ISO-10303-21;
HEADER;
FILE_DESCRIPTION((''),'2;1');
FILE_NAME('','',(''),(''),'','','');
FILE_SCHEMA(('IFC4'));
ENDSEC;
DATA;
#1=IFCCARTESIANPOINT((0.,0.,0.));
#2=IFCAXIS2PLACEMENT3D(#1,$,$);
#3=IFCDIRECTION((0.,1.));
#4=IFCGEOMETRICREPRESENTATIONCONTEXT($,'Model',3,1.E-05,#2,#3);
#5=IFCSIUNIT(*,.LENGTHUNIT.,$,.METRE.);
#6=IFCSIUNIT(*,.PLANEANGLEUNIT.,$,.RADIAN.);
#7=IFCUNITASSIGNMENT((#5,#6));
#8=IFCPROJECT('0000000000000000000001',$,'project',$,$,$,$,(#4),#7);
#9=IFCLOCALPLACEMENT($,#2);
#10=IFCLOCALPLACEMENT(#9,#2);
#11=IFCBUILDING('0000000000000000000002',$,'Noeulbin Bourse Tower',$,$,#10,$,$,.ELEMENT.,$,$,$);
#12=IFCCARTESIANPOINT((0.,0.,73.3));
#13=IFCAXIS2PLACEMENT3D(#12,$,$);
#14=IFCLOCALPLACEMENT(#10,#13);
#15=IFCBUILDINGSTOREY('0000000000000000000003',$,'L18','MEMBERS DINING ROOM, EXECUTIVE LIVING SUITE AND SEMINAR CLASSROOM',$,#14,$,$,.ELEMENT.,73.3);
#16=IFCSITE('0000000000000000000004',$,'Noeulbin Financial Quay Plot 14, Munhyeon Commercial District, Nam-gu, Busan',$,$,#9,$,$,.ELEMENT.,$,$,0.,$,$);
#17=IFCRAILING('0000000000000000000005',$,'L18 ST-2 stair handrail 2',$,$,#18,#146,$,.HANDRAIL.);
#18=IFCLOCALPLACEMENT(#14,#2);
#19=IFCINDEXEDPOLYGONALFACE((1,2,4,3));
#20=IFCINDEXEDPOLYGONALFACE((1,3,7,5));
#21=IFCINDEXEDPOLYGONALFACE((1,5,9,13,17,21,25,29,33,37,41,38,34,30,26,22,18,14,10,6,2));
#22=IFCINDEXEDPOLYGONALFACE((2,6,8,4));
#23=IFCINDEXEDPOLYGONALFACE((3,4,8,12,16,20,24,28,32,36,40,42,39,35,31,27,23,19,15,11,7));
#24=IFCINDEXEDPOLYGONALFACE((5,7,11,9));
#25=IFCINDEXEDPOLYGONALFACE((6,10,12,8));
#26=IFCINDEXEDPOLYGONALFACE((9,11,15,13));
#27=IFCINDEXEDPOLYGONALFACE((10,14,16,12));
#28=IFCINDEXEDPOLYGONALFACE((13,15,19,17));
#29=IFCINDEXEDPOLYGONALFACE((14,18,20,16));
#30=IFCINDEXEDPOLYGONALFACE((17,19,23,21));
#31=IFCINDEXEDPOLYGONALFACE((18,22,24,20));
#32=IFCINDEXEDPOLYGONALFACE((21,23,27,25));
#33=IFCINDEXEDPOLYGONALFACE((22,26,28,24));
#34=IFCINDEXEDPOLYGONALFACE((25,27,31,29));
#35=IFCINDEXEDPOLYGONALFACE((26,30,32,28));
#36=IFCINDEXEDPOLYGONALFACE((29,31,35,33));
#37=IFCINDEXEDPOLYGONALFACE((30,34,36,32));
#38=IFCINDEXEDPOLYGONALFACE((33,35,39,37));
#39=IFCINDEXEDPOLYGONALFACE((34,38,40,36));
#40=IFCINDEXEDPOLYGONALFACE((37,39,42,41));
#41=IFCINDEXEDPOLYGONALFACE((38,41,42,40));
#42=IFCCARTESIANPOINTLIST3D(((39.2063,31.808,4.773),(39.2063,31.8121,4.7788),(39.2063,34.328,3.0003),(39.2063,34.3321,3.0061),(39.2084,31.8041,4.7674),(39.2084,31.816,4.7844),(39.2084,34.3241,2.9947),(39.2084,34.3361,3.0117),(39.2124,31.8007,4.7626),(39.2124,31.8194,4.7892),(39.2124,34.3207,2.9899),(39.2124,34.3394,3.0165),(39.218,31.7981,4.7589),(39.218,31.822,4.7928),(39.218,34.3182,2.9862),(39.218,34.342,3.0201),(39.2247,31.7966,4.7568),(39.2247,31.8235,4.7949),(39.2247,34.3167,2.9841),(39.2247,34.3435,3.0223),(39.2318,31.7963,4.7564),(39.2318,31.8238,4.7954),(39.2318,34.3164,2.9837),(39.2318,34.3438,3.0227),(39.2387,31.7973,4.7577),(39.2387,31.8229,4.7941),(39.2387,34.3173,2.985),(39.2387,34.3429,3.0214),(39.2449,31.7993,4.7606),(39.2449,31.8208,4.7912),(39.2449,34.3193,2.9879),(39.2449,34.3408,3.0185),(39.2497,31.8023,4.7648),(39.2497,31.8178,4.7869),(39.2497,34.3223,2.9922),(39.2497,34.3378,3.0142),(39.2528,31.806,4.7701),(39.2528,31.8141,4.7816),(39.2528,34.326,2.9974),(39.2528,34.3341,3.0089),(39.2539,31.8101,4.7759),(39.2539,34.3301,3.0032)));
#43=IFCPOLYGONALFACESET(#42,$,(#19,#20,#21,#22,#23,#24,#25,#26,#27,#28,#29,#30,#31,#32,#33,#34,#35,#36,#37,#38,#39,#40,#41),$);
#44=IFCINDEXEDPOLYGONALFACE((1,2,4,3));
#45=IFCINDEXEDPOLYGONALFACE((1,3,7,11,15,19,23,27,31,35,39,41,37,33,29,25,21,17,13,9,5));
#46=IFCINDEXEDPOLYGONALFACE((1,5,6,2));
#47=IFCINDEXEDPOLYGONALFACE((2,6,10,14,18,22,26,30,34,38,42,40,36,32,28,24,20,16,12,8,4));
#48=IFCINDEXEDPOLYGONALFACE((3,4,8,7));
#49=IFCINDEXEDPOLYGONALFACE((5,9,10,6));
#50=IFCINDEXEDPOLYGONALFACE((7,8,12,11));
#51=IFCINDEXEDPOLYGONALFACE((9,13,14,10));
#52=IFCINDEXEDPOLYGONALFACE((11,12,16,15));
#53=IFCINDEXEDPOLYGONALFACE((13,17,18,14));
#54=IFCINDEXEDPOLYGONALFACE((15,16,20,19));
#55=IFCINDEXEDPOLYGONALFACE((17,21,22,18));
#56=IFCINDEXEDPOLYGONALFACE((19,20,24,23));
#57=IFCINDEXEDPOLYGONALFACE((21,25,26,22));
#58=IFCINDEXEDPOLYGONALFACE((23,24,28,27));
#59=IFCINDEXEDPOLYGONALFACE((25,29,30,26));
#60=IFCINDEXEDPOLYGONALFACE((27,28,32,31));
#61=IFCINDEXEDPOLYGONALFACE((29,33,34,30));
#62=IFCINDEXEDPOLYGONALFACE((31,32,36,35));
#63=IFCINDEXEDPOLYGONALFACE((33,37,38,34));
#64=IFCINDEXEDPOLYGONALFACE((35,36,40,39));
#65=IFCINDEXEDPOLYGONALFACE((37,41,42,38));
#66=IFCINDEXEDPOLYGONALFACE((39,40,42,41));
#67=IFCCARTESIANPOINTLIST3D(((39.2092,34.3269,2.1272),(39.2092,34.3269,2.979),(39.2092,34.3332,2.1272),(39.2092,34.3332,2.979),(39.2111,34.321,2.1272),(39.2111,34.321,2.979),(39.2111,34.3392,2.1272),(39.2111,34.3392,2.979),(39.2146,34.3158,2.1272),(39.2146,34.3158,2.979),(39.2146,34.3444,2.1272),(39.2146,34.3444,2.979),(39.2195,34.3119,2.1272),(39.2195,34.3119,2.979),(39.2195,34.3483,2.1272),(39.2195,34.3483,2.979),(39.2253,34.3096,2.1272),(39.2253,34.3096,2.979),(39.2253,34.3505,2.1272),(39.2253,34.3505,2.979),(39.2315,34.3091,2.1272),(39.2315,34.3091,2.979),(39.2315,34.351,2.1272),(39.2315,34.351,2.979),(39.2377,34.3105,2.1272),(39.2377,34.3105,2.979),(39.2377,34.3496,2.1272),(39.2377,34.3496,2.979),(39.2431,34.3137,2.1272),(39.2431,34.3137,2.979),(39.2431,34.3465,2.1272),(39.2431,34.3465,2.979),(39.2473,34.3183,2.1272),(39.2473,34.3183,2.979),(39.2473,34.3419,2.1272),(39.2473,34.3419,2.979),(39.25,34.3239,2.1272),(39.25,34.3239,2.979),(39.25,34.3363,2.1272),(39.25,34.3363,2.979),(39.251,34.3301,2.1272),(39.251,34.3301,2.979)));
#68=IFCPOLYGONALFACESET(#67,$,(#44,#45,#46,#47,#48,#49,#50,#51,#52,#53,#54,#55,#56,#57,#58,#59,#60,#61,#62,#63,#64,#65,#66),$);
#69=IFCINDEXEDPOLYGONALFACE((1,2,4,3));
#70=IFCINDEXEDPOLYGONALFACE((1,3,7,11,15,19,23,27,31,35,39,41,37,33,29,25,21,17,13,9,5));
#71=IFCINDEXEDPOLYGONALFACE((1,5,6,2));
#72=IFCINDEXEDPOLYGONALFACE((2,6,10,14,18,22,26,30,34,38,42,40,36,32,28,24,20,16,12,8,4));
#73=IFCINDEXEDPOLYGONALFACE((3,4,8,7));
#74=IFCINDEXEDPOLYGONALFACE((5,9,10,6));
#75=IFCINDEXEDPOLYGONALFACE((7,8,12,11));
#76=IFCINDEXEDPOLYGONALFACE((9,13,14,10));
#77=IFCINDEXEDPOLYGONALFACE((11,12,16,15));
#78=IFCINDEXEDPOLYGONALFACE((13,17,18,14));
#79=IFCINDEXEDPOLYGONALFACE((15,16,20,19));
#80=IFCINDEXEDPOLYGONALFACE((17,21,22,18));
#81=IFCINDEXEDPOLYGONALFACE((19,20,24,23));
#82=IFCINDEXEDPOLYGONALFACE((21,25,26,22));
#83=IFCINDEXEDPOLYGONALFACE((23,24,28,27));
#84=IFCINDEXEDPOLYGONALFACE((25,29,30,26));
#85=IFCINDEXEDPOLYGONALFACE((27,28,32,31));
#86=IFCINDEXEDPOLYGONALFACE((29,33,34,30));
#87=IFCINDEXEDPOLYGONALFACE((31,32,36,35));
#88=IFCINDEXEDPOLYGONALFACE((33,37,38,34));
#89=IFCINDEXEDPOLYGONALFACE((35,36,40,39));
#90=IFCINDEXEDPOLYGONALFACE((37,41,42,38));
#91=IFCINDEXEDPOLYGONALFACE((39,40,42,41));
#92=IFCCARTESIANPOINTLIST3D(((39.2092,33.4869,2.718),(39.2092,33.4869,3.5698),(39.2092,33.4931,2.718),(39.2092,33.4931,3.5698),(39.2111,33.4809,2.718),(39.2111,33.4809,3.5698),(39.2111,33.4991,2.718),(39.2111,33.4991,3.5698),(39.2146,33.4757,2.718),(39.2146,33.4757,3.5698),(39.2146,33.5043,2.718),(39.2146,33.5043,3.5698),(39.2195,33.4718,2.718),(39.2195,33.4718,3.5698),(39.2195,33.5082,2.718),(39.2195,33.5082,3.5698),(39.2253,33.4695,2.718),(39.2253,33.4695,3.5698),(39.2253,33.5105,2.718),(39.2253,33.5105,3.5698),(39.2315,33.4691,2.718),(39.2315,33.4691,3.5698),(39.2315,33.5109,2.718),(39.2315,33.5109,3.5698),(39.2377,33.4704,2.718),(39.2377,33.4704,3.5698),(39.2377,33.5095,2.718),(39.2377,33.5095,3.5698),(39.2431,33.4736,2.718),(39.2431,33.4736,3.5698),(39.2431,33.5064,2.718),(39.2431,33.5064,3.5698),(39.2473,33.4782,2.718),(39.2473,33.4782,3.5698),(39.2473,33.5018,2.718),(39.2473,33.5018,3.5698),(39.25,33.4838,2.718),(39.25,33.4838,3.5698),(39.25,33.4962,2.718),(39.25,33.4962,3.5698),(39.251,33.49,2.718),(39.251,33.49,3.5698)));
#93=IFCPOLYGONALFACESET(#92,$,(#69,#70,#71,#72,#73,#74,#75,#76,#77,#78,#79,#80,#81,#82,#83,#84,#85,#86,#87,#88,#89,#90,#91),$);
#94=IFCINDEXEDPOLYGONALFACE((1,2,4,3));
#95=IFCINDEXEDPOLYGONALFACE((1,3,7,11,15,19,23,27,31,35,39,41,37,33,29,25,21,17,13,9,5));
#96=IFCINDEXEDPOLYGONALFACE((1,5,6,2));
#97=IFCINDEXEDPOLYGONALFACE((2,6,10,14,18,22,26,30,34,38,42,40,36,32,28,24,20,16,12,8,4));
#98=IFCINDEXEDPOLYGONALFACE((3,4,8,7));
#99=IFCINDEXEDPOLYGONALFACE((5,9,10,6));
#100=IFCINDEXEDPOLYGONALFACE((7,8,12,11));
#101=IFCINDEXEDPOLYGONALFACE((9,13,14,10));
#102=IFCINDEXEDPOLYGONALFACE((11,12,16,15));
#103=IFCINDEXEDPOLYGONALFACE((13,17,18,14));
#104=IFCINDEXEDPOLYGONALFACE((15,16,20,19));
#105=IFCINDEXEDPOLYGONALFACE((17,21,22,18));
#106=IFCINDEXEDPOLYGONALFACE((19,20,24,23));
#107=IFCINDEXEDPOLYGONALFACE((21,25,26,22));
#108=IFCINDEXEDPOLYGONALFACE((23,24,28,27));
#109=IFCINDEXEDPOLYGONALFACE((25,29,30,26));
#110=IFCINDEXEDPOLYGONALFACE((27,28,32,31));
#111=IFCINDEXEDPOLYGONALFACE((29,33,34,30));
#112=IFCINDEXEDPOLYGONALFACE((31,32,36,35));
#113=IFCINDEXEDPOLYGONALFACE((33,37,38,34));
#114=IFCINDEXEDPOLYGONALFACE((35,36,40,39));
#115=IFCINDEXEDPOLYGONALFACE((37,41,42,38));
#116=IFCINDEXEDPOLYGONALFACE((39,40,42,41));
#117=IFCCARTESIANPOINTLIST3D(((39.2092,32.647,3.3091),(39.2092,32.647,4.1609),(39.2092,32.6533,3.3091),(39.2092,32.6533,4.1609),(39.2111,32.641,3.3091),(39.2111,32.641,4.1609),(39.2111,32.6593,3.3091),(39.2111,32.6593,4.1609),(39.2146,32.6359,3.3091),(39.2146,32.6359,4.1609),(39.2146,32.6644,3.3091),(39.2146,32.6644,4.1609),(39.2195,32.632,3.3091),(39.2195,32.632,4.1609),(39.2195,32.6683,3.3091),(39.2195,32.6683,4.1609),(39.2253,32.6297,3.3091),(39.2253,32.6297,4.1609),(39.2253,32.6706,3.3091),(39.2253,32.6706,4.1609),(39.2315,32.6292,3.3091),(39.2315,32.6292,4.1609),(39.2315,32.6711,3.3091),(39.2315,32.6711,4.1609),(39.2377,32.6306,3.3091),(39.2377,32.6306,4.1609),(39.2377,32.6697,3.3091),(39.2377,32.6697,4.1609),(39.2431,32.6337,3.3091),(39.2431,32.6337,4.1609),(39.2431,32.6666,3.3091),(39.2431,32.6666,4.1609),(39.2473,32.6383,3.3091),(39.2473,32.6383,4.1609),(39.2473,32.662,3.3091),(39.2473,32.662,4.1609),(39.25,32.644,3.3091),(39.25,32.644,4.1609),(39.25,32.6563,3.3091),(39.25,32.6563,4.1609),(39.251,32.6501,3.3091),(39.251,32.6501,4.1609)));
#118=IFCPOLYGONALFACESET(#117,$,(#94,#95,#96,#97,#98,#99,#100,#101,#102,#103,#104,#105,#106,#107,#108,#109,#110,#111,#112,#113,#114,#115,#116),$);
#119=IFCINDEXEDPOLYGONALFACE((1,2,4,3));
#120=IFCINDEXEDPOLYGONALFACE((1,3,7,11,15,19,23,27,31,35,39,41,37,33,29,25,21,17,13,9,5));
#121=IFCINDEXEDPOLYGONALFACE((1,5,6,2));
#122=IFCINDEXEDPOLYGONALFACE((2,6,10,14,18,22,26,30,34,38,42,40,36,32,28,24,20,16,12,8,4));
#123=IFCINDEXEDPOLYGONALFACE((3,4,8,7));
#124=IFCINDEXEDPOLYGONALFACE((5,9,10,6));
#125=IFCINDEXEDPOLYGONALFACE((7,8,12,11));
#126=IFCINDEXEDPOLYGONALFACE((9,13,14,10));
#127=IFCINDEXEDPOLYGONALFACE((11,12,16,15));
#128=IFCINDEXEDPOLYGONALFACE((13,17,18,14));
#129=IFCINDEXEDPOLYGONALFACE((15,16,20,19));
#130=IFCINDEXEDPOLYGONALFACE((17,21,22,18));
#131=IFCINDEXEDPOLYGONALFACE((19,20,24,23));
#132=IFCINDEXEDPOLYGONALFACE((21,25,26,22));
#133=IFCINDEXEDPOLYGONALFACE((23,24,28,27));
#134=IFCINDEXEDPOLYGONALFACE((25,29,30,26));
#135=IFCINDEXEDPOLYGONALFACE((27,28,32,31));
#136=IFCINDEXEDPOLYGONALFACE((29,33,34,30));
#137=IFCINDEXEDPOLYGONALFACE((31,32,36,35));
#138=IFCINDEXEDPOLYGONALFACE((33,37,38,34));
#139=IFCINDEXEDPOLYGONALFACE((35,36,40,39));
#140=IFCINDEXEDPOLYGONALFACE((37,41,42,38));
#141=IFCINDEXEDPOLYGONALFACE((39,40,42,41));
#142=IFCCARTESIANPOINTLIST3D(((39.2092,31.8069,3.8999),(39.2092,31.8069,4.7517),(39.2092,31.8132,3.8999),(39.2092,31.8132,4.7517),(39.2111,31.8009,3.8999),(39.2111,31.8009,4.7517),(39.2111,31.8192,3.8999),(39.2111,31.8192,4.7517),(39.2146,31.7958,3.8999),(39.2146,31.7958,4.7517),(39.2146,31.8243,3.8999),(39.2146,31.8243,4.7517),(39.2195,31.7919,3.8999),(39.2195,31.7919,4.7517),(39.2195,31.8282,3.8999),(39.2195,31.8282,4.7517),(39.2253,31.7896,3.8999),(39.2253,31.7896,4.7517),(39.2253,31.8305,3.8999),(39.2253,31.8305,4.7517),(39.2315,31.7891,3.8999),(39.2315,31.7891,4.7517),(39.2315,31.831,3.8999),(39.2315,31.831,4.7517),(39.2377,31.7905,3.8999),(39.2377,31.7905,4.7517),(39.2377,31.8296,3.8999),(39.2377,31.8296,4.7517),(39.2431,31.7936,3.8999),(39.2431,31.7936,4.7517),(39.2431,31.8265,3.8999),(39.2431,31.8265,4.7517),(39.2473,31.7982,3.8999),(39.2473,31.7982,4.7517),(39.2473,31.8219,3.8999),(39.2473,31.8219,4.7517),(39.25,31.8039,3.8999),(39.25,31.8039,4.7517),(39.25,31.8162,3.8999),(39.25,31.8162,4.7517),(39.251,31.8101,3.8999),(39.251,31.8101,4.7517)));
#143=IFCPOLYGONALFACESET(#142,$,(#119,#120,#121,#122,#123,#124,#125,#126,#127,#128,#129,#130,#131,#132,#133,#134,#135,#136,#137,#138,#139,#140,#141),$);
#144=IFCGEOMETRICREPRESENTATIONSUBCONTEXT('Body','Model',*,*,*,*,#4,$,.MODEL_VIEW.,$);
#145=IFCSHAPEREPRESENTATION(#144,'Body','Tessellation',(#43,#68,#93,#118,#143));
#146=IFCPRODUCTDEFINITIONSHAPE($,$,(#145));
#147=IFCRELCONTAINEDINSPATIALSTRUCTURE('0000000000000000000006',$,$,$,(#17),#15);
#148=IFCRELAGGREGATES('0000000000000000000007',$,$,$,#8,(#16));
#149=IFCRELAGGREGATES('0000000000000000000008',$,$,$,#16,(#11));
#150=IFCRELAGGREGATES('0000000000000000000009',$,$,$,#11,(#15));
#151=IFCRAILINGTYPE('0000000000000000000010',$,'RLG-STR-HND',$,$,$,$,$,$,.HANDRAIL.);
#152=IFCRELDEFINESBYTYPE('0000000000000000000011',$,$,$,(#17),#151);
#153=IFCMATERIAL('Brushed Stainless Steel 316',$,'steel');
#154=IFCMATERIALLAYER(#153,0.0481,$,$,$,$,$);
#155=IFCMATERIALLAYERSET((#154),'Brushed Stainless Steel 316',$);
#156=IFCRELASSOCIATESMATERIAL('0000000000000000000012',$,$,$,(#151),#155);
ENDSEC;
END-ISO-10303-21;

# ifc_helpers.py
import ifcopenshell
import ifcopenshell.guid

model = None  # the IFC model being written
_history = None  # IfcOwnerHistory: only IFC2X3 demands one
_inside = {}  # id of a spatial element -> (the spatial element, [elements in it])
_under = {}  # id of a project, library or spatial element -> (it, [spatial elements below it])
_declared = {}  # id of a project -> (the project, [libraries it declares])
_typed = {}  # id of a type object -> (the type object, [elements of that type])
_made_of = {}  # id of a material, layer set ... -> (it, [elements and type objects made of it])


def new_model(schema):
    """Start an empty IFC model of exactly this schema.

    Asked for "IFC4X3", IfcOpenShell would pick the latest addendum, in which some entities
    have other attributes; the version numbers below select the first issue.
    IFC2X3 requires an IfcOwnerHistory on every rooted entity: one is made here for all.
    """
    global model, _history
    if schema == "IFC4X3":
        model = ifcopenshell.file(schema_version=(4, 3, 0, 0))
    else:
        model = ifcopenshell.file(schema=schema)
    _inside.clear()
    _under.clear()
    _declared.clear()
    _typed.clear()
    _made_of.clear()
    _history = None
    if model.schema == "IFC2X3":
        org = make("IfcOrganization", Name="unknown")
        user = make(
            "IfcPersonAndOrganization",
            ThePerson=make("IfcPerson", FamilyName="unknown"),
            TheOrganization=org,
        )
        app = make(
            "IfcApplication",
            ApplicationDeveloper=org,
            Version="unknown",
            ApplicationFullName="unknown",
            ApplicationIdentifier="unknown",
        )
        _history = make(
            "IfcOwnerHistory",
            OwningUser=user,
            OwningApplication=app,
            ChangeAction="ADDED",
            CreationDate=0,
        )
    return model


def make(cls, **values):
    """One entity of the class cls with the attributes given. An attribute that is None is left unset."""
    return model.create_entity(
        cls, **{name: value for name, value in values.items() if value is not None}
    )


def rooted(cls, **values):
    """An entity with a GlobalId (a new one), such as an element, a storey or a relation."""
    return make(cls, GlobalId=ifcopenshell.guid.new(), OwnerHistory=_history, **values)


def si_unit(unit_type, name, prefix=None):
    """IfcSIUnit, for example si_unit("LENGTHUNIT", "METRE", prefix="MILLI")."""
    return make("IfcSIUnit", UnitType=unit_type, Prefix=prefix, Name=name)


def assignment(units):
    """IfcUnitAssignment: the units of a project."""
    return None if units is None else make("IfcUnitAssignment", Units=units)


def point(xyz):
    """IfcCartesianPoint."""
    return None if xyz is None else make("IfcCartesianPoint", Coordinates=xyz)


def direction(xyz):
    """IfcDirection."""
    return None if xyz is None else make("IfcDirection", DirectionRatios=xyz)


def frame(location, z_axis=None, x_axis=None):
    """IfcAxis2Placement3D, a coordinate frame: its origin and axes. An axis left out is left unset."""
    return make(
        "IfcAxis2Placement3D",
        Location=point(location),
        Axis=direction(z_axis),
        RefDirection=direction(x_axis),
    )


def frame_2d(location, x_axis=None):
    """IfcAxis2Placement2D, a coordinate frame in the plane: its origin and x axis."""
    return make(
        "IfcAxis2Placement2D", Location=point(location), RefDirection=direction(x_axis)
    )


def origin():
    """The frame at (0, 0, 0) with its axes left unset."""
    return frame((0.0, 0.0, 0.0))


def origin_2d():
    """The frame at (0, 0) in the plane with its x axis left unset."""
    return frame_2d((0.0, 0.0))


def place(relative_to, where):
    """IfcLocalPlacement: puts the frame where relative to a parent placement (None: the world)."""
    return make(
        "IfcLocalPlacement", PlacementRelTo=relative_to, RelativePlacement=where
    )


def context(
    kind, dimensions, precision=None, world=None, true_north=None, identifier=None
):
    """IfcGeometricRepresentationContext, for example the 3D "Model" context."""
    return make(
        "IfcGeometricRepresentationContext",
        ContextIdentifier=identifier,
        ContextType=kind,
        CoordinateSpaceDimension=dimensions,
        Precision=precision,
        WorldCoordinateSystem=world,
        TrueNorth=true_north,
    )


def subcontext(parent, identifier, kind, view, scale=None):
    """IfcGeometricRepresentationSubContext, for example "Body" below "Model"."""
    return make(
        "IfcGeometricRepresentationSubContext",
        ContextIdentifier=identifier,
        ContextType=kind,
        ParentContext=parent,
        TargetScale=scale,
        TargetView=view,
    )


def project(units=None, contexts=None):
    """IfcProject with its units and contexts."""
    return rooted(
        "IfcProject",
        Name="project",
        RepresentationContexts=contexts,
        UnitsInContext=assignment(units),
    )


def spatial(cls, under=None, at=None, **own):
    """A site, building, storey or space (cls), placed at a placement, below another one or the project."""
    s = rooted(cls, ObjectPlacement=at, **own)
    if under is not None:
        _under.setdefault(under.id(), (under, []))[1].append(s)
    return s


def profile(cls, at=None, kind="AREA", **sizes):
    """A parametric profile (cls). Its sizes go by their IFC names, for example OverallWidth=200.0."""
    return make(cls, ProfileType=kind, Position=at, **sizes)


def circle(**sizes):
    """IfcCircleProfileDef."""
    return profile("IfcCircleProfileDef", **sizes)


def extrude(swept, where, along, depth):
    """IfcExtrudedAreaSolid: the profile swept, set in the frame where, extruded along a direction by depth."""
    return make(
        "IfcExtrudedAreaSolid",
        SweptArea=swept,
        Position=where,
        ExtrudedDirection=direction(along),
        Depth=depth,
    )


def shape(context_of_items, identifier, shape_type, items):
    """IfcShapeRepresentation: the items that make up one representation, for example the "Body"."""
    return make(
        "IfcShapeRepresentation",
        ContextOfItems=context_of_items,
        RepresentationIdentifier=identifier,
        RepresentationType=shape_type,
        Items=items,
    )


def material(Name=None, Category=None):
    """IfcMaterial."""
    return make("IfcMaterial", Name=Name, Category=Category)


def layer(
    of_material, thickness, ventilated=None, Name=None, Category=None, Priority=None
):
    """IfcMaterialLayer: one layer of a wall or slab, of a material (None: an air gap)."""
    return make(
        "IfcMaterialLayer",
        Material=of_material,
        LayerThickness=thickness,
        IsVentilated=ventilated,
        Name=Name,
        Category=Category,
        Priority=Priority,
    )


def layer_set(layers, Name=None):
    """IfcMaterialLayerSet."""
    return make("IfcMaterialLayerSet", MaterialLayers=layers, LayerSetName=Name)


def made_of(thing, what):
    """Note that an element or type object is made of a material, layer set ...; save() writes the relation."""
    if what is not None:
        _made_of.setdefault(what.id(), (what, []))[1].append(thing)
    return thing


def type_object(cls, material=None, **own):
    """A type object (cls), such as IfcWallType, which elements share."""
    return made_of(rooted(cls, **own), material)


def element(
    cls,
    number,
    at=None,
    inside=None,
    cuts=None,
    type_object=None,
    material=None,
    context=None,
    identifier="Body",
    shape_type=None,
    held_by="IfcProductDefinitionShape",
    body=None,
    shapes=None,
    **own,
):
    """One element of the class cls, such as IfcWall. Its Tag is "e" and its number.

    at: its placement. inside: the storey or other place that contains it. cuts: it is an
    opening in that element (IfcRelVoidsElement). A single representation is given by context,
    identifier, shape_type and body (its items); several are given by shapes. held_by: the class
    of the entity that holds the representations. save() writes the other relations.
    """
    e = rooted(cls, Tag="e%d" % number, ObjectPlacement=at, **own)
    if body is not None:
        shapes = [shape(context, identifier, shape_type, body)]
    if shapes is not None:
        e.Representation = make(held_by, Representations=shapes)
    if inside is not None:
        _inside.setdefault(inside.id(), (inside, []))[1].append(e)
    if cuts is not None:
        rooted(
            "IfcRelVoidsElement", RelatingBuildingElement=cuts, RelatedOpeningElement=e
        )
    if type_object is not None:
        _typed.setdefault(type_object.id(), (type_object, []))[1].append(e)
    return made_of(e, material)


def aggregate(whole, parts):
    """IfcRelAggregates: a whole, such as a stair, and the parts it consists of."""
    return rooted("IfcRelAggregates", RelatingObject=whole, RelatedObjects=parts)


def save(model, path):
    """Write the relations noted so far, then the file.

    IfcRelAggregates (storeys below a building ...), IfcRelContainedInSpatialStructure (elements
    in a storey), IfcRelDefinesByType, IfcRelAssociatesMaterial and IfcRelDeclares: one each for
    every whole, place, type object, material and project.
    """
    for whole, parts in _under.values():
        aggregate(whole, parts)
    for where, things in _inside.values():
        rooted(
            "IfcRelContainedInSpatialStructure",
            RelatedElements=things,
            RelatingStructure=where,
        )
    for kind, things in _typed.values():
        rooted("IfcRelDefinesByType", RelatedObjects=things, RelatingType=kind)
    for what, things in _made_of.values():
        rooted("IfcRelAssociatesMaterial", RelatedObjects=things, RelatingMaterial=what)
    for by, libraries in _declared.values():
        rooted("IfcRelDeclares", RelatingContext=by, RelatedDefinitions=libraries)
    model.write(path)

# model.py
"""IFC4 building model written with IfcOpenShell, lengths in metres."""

from ifc_helpers import new_model, si_unit, direction, frame, origin, origin_2d, place, context, subcontext, project, spatial, circle, extrude, material, layer, layer_set, type_object, element, save


model = new_model("IFC4")

# Units and contexts
model_context = context("Model", 3, precision=1e-05, world=origin(), true_north=direction((0.0, 1.0)))
body_context = subcontext(model_context, "Body", "Model", "MODEL_VIEW")
ifc_project = project(units=[si_unit("LENGTHUNIT", "METRE"), si_unit("PLANEANGLEUNIT", "RADIAN")], contexts=[model_context])

# Site, building, storey
site_placement = place(None, origin())
site = spatial("IfcSite", under=ifc_project, at=site_placement, Name="Noeulbin Financial Quay Plot 14, Munhyeon Commercial District, Nam-gu, Busan", CompositionType="ELEMENT", RefElevation=0.0)
building_placement = place(site_placement, origin())
building = spatial("IfcBuilding", under=site, at=building_placement, Name="Noeulbin Bourse Tower", CompositionType="ELEMENT")
storey_placement = place(building_placement, frame((0.0, 0.0, 73.3)))
storey = spatial("IfcBuildingStorey", under=building, at=storey_placement, Name="L18", Description="MEMBERS DINING ROOM, EXECUTIVE LIVING SUITE AND SEMINAR CLASSROOM", CompositionType="ELEMENT", Elevation=73.3)

# Shared definitions
ifc_material_1 = material(Name="Brushed Stainless Steel 316", Category="steel")

# Railing
ifc_layer_1 = layer(ifc_material_1, 0.0481)
ifc_layer_set_1 = layer_set([ifc_layer_1], Name="Brushed Stainless Steel 316")
railing_type_1 = type_object("IfcRailingType", Name="RLG-STR-HND", PredefinedType="HANDRAIL", material=ifc_layer_set_1)
railing_1_placement = place(storey_placement, frame((39.23, 34.3301, 2.1272)))
element("IfcRailing", 1, at=railing_1_placement, inside=storey, type_object=railing_type_1, Name="L18 ST-2 stair handrail 2", PredefinedType="HANDRAIL", context=body_context, shape_type="SweptSolid", body=[
    extrude(circle(Radius=0.0239, at=origin_2d()), frame((0.0, 0.0, 0.876), z_axis=(0.0, -0.817904, 0.575354), x_axis=(1.0, 0.0, 0.0)), (0.0, 0.0, 1.0), 3.0811),
    extrude(circle(Radius=0.021, at=origin_2d()), origin(), (0.0, 0.0, 1.0), 0.8518),
    extrude(circle(Radius=0.021, at=origin_2d()), frame((0.0, -0.8401, 0.5908)), (0.0, 0.0, 1.0), 0.8518),
    extrude(circle(Radius=0.021, at=origin_2d()), frame((0.0, -1.6799, 1.1819)), (0.0, 0.0, 1.0), 0.8518),
    extrude(circle(Radius=0.021, at=origin_2d()), frame((0.0, -2.52, 1.7727)), (0.0, 0.0, 1.0), 0.8518),
])

save(model, "model.ifc")
